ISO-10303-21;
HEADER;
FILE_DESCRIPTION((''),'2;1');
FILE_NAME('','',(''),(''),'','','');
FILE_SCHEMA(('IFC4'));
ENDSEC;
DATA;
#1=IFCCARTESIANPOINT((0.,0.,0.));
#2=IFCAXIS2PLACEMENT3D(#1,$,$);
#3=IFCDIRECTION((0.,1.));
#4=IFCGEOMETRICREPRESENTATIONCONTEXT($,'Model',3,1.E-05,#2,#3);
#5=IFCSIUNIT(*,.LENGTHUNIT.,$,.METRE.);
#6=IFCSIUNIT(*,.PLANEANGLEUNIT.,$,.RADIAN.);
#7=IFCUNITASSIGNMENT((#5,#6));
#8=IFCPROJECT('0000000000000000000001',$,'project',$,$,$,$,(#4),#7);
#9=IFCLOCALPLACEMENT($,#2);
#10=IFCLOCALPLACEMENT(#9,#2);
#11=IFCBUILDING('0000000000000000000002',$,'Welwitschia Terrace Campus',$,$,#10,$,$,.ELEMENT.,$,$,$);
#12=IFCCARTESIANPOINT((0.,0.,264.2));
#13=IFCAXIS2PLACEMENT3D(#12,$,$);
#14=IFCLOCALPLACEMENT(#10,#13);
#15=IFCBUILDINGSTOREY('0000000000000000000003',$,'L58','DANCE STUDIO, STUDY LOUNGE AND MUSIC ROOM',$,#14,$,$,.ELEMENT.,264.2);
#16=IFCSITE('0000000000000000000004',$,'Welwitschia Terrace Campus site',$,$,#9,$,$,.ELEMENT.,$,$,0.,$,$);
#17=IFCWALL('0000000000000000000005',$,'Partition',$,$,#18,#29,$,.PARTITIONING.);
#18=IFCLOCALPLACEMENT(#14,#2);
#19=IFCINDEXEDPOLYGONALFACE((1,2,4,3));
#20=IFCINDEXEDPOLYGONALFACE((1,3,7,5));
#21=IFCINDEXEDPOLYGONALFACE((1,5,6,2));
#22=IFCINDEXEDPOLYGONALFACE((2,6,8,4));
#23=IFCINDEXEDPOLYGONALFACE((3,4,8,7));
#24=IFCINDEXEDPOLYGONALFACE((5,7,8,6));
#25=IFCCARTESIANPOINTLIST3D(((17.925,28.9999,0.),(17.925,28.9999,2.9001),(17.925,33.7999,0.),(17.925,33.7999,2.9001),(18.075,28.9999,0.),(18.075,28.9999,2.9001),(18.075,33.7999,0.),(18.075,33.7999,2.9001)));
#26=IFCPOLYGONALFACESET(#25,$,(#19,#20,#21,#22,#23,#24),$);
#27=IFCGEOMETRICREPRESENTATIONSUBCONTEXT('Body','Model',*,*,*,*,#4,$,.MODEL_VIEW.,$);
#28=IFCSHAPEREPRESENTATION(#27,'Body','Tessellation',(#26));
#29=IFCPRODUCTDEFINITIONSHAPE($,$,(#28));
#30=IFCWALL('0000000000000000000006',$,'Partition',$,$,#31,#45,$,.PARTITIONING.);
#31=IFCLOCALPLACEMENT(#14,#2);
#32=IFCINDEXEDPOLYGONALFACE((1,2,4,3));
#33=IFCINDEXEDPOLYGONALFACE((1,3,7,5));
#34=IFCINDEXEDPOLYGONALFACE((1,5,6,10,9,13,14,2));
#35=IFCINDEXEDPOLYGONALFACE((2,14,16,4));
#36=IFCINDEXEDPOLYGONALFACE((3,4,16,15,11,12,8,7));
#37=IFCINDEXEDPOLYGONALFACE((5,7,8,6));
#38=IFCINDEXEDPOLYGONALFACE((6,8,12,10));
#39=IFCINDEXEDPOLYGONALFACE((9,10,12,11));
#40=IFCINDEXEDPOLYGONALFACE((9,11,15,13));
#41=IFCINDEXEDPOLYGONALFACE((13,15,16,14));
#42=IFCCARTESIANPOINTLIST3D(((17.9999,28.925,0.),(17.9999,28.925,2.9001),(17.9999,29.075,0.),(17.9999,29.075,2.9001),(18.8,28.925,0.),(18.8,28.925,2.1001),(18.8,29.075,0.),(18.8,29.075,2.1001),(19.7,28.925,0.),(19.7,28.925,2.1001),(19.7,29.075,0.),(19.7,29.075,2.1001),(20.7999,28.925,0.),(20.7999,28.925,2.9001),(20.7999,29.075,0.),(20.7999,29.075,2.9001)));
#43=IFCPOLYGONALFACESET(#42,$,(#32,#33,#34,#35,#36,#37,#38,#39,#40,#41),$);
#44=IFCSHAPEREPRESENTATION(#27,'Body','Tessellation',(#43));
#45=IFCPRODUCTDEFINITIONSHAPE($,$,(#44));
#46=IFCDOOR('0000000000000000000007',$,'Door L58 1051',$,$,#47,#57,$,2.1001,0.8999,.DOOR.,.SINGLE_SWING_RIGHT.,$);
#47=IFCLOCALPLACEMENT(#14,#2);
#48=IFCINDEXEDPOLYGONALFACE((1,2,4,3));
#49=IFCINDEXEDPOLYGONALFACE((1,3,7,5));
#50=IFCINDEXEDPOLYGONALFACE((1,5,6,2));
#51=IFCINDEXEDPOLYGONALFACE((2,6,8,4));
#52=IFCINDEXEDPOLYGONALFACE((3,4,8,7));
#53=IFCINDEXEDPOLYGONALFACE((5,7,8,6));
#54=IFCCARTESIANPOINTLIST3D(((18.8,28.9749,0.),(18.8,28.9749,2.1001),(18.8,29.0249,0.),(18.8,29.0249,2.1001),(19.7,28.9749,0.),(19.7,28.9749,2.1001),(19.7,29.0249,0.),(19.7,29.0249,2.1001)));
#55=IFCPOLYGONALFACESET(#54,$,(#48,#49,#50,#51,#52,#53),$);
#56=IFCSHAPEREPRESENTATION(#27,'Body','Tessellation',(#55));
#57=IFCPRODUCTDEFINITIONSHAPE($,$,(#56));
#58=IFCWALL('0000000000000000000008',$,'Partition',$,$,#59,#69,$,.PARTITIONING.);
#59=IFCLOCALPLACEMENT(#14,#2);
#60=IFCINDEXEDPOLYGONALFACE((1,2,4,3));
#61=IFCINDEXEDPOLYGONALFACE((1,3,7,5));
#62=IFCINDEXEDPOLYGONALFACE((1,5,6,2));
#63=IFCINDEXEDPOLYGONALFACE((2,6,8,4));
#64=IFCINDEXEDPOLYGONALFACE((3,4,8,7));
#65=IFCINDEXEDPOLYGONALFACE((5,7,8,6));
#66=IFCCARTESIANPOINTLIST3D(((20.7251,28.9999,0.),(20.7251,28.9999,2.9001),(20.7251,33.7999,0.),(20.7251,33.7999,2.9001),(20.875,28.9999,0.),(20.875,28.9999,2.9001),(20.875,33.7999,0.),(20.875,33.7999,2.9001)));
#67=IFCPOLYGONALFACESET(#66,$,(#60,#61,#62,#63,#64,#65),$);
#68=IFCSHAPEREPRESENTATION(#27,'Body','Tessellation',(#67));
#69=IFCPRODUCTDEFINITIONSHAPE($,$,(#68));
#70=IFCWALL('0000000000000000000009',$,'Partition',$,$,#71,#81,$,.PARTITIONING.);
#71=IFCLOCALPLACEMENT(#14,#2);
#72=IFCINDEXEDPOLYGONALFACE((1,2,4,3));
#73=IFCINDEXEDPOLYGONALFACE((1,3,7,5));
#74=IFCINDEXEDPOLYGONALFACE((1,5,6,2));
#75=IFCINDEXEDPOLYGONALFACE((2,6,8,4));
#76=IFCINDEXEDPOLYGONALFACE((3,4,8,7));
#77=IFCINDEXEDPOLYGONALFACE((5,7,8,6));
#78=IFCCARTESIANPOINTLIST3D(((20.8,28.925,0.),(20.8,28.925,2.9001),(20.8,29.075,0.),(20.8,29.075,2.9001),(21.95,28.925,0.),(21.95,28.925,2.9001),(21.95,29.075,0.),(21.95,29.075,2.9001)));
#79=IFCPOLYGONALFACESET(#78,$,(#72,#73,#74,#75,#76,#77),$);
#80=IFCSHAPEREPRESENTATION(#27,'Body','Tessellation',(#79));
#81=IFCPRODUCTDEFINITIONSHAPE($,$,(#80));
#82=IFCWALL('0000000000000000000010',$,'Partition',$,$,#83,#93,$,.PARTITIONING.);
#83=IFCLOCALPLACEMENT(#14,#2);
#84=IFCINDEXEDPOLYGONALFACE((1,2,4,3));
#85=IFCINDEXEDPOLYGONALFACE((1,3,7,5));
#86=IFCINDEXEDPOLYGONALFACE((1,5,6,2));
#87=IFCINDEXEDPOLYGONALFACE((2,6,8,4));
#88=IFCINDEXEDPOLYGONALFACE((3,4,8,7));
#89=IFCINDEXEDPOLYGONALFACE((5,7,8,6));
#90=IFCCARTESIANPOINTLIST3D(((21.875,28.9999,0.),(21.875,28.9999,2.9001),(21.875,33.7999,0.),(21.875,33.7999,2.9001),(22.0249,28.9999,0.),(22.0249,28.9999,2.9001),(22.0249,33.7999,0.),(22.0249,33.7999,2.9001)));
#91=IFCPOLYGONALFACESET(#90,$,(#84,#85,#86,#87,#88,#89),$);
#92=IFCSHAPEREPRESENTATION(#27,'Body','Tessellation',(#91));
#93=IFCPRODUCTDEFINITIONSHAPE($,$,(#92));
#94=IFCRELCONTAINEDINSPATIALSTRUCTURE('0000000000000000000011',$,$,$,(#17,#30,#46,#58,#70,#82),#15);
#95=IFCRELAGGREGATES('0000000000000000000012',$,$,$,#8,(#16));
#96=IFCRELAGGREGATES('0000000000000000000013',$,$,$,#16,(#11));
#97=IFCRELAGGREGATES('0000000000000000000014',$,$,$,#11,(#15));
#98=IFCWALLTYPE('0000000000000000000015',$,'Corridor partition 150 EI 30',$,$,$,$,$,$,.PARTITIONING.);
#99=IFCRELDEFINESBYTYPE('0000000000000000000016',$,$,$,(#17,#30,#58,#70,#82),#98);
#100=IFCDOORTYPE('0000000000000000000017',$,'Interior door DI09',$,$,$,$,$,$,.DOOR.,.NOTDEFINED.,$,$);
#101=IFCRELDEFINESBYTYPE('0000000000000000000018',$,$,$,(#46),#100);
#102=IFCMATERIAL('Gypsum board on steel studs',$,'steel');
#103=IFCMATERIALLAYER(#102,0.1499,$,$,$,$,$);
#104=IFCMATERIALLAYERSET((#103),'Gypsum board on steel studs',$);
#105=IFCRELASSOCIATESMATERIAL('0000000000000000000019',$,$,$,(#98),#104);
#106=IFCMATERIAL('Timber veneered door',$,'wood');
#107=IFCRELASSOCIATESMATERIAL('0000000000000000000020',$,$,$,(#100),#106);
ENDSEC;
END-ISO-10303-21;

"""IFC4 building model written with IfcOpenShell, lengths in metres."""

from ifc_helpers import new_model, si_unit, direction, frame, frame_2d, origin, place, context, subcontext, project, spatial, rectangle, extrude, material, layer, layer_set, type_object, element, fill, save


model = new_model("IFC4")

# Units and contexts
model_context = context("Model", 3, precision=1e-05, world=origin(), true_north=direction((0.0, 1.0)))
body_context = subcontext(model_context, "Body", "Model", "MODEL_VIEW")
ifc_project = project(units=[si_unit("LENGTHUNIT", "METRE"), si_unit("PLANEANGLEUNIT", "RADIAN")], contexts=[model_context])

# Site, building, storey
site_placement = place(None, origin())
site = spatial("IfcSite", under=ifc_project, at=site_placement, Name="Welwitschia Terrace Campus site", CompositionType="ELEMENT", RefElevation=0.0)
building_placement = place(site_placement, origin())
building = spatial("IfcBuilding", under=site, at=building_placement, Name="Welwitschia Terrace Campus", CompositionType="ELEMENT")
storey_placement = place(building_placement, frame((0.0, 0.0, 264.2)))
storey = spatial("IfcBuildingStorey", under=building, at=storey_placement, Name="L58", Description="DANCE STUDIO, STUDY LOUNGE AND MUSIC ROOM", CompositionType="ELEMENT", Elevation=264.2)

# Shared definitions
ifc_material_1 = material(Name="Gypsum board on steel studs", Category="steel")
ifc_layer_1 = layer(ifc_material_1, 0.1499)
ifc_layer_set_1 = layer_set([ifc_layer_1], Name="Gypsum board on steel studs")
wall_type_1 = type_object("IfcWallType", Name="Corridor partition 150 EI 30", PredefinedType="PARTITIONING", material=ifc_layer_set_1)

# Shared definitions
ifc_material_2 = material(Name="Timber veneered door", Category="wood")
door_type_1 = type_object("IfcDoorType", Name="Interior door DI09", OperationType="NOTDEFINED", PredefinedType="DOOR", material=ifc_material_2)

# Wall
wall_1_placement = place(storey_placement, frame((18.0, 29.0, 0.0), z_axis=(0.0, 0.0, 1.0), x_axis=(0.0, 1.0, 0.0)))
element("IfcWall", 1, at=wall_1_placement, inside=storey, type_object=wall_type_1, Name="Partition", PredefinedType="PARTITIONING", context=body_context, shape_type="SweptSolid", body=[
    extrude(rectangle(XDim=4.8, YDim=0.1499, at=frame_2d((2.3999, 0.0))), origin(), (0.0, 0.0, 1.0), 2.9001),
])

# Wall, opening, door
wall_2_placement = place(storey_placement, frame((18.0, 29.0, 0.0), z_axis=(0.0, 0.0, 1.0), x_axis=(1.0, 0.0, 0.0)))
wall_2 = element("IfcWall", 2, at=wall_2_placement, inside=storey, type_object=wall_type_1, Name="Partition", PredefinedType="PARTITIONING", context=body_context, shape_type="SweptSolid", body=[
    extrude(rectangle(XDim=2.8, YDim=0.1499, at=frame_2d((1.3999, 0.0))), origin(), (0.0, 0.0, 1.0), 2.9001),
])
opening_1_placement = place(wall_2_placement, frame((0.8, 0.0, 0.0)))
opening_1 = element("IfcOpeningElement", 3, at=opening_1_placement, cuts=wall_2, PredefinedType="OPENING", context=body_context, shape_type="SweptSolid", body=[
    extrude(rectangle(XDim=0.8999, YDim=2.1001, at=frame_2d((0.45, 1.05))), frame((0.0, 0.085, 0.0), z_axis=(0.0, -1.0, 0.0), x_axis=(1.0, 0.0, 0.0)), (0.0, 0.0, 1.0), 0.1699),
])
door_1_placement = place(opening_1_placement, origin())
door_1 = element("IfcDoor", 4, at=door_1_placement, inside=storey, type_object=door_type_1, Name="Door L58 1051", OperationType="SINGLE_SWING_RIGHT", OverallHeight=2.1001, OverallWidth=0.8999, PredefinedType="DOOR", context=body_context, shape_type="SweptSolid", body=[
    extrude(rectangle(XDim=0.8999, YDim=2.1001, at=frame_2d((0.45, 1.05))), frame((0.0, 0.0249, 0.0), z_axis=(0.0, -1.0, 0.0), x_axis=(1.0, 0.0, 0.0)), (0.0, 0.0, 1.0), 0.05),
])
fill(opening_1, door_1)

# Walls
wall_3_placement = place(storey_placement, frame((20.8, 29.0, 0.0), z_axis=(0.0, 0.0, 1.0), x_axis=(0.0, 1.0, 0.0)))
element("IfcWall", 5, at=wall_3_placement, inside=storey, type_object=wall_type_1, Name="Partition", PredefinedType="PARTITIONING", context=body_context, shape_type="SweptSolid", body=[
    extrude(rectangle(XDim=4.8, YDim=0.1499, at=frame_2d((2.3999, 0.0))), origin(), (0.0, 0.0, 1.0), 2.9001),
])
wall_4_placement = place(storey_placement, frame((20.8, 29.0, 0.0), z_axis=(0.0, 0.0, 1.0), x_axis=(1.0, 0.0, 0.0)))
element("IfcWall", 6, at=wall_4_placement, inside=storey, type_object=wall_type_1, Name="Partition", PredefinedType="PARTITIONING", context=body_context, shape_type="SweptSolid", body=[
    extrude(rectangle(XDim=1.1499, YDim=0.1499, at=frame_2d((0.575, 0.0))), origin(), (0.0, 0.0, 1.0), 2.9001),
])
wall_5_placement = place(storey_placement, frame((21.95, 29.0, 0.0), z_axis=(0.0, 0.0, 1.0), x_axis=(0.0, 1.0, 0.0)))
element("IfcWall", 7, at=wall_5_placement, inside=storey, type_object=wall_type_1, Name="Partition", PredefinedType="PARTITIONING", context=body_context, shape_type="SweptSolid", body=[
    extrude(rectangle(XDim=4.8, YDim=0.1499, at=frame_2d((2.3999, 0.0))), origin(), (0.0, 0.0, 1.0), 2.9001),
])

save(model, "model.ifc")
